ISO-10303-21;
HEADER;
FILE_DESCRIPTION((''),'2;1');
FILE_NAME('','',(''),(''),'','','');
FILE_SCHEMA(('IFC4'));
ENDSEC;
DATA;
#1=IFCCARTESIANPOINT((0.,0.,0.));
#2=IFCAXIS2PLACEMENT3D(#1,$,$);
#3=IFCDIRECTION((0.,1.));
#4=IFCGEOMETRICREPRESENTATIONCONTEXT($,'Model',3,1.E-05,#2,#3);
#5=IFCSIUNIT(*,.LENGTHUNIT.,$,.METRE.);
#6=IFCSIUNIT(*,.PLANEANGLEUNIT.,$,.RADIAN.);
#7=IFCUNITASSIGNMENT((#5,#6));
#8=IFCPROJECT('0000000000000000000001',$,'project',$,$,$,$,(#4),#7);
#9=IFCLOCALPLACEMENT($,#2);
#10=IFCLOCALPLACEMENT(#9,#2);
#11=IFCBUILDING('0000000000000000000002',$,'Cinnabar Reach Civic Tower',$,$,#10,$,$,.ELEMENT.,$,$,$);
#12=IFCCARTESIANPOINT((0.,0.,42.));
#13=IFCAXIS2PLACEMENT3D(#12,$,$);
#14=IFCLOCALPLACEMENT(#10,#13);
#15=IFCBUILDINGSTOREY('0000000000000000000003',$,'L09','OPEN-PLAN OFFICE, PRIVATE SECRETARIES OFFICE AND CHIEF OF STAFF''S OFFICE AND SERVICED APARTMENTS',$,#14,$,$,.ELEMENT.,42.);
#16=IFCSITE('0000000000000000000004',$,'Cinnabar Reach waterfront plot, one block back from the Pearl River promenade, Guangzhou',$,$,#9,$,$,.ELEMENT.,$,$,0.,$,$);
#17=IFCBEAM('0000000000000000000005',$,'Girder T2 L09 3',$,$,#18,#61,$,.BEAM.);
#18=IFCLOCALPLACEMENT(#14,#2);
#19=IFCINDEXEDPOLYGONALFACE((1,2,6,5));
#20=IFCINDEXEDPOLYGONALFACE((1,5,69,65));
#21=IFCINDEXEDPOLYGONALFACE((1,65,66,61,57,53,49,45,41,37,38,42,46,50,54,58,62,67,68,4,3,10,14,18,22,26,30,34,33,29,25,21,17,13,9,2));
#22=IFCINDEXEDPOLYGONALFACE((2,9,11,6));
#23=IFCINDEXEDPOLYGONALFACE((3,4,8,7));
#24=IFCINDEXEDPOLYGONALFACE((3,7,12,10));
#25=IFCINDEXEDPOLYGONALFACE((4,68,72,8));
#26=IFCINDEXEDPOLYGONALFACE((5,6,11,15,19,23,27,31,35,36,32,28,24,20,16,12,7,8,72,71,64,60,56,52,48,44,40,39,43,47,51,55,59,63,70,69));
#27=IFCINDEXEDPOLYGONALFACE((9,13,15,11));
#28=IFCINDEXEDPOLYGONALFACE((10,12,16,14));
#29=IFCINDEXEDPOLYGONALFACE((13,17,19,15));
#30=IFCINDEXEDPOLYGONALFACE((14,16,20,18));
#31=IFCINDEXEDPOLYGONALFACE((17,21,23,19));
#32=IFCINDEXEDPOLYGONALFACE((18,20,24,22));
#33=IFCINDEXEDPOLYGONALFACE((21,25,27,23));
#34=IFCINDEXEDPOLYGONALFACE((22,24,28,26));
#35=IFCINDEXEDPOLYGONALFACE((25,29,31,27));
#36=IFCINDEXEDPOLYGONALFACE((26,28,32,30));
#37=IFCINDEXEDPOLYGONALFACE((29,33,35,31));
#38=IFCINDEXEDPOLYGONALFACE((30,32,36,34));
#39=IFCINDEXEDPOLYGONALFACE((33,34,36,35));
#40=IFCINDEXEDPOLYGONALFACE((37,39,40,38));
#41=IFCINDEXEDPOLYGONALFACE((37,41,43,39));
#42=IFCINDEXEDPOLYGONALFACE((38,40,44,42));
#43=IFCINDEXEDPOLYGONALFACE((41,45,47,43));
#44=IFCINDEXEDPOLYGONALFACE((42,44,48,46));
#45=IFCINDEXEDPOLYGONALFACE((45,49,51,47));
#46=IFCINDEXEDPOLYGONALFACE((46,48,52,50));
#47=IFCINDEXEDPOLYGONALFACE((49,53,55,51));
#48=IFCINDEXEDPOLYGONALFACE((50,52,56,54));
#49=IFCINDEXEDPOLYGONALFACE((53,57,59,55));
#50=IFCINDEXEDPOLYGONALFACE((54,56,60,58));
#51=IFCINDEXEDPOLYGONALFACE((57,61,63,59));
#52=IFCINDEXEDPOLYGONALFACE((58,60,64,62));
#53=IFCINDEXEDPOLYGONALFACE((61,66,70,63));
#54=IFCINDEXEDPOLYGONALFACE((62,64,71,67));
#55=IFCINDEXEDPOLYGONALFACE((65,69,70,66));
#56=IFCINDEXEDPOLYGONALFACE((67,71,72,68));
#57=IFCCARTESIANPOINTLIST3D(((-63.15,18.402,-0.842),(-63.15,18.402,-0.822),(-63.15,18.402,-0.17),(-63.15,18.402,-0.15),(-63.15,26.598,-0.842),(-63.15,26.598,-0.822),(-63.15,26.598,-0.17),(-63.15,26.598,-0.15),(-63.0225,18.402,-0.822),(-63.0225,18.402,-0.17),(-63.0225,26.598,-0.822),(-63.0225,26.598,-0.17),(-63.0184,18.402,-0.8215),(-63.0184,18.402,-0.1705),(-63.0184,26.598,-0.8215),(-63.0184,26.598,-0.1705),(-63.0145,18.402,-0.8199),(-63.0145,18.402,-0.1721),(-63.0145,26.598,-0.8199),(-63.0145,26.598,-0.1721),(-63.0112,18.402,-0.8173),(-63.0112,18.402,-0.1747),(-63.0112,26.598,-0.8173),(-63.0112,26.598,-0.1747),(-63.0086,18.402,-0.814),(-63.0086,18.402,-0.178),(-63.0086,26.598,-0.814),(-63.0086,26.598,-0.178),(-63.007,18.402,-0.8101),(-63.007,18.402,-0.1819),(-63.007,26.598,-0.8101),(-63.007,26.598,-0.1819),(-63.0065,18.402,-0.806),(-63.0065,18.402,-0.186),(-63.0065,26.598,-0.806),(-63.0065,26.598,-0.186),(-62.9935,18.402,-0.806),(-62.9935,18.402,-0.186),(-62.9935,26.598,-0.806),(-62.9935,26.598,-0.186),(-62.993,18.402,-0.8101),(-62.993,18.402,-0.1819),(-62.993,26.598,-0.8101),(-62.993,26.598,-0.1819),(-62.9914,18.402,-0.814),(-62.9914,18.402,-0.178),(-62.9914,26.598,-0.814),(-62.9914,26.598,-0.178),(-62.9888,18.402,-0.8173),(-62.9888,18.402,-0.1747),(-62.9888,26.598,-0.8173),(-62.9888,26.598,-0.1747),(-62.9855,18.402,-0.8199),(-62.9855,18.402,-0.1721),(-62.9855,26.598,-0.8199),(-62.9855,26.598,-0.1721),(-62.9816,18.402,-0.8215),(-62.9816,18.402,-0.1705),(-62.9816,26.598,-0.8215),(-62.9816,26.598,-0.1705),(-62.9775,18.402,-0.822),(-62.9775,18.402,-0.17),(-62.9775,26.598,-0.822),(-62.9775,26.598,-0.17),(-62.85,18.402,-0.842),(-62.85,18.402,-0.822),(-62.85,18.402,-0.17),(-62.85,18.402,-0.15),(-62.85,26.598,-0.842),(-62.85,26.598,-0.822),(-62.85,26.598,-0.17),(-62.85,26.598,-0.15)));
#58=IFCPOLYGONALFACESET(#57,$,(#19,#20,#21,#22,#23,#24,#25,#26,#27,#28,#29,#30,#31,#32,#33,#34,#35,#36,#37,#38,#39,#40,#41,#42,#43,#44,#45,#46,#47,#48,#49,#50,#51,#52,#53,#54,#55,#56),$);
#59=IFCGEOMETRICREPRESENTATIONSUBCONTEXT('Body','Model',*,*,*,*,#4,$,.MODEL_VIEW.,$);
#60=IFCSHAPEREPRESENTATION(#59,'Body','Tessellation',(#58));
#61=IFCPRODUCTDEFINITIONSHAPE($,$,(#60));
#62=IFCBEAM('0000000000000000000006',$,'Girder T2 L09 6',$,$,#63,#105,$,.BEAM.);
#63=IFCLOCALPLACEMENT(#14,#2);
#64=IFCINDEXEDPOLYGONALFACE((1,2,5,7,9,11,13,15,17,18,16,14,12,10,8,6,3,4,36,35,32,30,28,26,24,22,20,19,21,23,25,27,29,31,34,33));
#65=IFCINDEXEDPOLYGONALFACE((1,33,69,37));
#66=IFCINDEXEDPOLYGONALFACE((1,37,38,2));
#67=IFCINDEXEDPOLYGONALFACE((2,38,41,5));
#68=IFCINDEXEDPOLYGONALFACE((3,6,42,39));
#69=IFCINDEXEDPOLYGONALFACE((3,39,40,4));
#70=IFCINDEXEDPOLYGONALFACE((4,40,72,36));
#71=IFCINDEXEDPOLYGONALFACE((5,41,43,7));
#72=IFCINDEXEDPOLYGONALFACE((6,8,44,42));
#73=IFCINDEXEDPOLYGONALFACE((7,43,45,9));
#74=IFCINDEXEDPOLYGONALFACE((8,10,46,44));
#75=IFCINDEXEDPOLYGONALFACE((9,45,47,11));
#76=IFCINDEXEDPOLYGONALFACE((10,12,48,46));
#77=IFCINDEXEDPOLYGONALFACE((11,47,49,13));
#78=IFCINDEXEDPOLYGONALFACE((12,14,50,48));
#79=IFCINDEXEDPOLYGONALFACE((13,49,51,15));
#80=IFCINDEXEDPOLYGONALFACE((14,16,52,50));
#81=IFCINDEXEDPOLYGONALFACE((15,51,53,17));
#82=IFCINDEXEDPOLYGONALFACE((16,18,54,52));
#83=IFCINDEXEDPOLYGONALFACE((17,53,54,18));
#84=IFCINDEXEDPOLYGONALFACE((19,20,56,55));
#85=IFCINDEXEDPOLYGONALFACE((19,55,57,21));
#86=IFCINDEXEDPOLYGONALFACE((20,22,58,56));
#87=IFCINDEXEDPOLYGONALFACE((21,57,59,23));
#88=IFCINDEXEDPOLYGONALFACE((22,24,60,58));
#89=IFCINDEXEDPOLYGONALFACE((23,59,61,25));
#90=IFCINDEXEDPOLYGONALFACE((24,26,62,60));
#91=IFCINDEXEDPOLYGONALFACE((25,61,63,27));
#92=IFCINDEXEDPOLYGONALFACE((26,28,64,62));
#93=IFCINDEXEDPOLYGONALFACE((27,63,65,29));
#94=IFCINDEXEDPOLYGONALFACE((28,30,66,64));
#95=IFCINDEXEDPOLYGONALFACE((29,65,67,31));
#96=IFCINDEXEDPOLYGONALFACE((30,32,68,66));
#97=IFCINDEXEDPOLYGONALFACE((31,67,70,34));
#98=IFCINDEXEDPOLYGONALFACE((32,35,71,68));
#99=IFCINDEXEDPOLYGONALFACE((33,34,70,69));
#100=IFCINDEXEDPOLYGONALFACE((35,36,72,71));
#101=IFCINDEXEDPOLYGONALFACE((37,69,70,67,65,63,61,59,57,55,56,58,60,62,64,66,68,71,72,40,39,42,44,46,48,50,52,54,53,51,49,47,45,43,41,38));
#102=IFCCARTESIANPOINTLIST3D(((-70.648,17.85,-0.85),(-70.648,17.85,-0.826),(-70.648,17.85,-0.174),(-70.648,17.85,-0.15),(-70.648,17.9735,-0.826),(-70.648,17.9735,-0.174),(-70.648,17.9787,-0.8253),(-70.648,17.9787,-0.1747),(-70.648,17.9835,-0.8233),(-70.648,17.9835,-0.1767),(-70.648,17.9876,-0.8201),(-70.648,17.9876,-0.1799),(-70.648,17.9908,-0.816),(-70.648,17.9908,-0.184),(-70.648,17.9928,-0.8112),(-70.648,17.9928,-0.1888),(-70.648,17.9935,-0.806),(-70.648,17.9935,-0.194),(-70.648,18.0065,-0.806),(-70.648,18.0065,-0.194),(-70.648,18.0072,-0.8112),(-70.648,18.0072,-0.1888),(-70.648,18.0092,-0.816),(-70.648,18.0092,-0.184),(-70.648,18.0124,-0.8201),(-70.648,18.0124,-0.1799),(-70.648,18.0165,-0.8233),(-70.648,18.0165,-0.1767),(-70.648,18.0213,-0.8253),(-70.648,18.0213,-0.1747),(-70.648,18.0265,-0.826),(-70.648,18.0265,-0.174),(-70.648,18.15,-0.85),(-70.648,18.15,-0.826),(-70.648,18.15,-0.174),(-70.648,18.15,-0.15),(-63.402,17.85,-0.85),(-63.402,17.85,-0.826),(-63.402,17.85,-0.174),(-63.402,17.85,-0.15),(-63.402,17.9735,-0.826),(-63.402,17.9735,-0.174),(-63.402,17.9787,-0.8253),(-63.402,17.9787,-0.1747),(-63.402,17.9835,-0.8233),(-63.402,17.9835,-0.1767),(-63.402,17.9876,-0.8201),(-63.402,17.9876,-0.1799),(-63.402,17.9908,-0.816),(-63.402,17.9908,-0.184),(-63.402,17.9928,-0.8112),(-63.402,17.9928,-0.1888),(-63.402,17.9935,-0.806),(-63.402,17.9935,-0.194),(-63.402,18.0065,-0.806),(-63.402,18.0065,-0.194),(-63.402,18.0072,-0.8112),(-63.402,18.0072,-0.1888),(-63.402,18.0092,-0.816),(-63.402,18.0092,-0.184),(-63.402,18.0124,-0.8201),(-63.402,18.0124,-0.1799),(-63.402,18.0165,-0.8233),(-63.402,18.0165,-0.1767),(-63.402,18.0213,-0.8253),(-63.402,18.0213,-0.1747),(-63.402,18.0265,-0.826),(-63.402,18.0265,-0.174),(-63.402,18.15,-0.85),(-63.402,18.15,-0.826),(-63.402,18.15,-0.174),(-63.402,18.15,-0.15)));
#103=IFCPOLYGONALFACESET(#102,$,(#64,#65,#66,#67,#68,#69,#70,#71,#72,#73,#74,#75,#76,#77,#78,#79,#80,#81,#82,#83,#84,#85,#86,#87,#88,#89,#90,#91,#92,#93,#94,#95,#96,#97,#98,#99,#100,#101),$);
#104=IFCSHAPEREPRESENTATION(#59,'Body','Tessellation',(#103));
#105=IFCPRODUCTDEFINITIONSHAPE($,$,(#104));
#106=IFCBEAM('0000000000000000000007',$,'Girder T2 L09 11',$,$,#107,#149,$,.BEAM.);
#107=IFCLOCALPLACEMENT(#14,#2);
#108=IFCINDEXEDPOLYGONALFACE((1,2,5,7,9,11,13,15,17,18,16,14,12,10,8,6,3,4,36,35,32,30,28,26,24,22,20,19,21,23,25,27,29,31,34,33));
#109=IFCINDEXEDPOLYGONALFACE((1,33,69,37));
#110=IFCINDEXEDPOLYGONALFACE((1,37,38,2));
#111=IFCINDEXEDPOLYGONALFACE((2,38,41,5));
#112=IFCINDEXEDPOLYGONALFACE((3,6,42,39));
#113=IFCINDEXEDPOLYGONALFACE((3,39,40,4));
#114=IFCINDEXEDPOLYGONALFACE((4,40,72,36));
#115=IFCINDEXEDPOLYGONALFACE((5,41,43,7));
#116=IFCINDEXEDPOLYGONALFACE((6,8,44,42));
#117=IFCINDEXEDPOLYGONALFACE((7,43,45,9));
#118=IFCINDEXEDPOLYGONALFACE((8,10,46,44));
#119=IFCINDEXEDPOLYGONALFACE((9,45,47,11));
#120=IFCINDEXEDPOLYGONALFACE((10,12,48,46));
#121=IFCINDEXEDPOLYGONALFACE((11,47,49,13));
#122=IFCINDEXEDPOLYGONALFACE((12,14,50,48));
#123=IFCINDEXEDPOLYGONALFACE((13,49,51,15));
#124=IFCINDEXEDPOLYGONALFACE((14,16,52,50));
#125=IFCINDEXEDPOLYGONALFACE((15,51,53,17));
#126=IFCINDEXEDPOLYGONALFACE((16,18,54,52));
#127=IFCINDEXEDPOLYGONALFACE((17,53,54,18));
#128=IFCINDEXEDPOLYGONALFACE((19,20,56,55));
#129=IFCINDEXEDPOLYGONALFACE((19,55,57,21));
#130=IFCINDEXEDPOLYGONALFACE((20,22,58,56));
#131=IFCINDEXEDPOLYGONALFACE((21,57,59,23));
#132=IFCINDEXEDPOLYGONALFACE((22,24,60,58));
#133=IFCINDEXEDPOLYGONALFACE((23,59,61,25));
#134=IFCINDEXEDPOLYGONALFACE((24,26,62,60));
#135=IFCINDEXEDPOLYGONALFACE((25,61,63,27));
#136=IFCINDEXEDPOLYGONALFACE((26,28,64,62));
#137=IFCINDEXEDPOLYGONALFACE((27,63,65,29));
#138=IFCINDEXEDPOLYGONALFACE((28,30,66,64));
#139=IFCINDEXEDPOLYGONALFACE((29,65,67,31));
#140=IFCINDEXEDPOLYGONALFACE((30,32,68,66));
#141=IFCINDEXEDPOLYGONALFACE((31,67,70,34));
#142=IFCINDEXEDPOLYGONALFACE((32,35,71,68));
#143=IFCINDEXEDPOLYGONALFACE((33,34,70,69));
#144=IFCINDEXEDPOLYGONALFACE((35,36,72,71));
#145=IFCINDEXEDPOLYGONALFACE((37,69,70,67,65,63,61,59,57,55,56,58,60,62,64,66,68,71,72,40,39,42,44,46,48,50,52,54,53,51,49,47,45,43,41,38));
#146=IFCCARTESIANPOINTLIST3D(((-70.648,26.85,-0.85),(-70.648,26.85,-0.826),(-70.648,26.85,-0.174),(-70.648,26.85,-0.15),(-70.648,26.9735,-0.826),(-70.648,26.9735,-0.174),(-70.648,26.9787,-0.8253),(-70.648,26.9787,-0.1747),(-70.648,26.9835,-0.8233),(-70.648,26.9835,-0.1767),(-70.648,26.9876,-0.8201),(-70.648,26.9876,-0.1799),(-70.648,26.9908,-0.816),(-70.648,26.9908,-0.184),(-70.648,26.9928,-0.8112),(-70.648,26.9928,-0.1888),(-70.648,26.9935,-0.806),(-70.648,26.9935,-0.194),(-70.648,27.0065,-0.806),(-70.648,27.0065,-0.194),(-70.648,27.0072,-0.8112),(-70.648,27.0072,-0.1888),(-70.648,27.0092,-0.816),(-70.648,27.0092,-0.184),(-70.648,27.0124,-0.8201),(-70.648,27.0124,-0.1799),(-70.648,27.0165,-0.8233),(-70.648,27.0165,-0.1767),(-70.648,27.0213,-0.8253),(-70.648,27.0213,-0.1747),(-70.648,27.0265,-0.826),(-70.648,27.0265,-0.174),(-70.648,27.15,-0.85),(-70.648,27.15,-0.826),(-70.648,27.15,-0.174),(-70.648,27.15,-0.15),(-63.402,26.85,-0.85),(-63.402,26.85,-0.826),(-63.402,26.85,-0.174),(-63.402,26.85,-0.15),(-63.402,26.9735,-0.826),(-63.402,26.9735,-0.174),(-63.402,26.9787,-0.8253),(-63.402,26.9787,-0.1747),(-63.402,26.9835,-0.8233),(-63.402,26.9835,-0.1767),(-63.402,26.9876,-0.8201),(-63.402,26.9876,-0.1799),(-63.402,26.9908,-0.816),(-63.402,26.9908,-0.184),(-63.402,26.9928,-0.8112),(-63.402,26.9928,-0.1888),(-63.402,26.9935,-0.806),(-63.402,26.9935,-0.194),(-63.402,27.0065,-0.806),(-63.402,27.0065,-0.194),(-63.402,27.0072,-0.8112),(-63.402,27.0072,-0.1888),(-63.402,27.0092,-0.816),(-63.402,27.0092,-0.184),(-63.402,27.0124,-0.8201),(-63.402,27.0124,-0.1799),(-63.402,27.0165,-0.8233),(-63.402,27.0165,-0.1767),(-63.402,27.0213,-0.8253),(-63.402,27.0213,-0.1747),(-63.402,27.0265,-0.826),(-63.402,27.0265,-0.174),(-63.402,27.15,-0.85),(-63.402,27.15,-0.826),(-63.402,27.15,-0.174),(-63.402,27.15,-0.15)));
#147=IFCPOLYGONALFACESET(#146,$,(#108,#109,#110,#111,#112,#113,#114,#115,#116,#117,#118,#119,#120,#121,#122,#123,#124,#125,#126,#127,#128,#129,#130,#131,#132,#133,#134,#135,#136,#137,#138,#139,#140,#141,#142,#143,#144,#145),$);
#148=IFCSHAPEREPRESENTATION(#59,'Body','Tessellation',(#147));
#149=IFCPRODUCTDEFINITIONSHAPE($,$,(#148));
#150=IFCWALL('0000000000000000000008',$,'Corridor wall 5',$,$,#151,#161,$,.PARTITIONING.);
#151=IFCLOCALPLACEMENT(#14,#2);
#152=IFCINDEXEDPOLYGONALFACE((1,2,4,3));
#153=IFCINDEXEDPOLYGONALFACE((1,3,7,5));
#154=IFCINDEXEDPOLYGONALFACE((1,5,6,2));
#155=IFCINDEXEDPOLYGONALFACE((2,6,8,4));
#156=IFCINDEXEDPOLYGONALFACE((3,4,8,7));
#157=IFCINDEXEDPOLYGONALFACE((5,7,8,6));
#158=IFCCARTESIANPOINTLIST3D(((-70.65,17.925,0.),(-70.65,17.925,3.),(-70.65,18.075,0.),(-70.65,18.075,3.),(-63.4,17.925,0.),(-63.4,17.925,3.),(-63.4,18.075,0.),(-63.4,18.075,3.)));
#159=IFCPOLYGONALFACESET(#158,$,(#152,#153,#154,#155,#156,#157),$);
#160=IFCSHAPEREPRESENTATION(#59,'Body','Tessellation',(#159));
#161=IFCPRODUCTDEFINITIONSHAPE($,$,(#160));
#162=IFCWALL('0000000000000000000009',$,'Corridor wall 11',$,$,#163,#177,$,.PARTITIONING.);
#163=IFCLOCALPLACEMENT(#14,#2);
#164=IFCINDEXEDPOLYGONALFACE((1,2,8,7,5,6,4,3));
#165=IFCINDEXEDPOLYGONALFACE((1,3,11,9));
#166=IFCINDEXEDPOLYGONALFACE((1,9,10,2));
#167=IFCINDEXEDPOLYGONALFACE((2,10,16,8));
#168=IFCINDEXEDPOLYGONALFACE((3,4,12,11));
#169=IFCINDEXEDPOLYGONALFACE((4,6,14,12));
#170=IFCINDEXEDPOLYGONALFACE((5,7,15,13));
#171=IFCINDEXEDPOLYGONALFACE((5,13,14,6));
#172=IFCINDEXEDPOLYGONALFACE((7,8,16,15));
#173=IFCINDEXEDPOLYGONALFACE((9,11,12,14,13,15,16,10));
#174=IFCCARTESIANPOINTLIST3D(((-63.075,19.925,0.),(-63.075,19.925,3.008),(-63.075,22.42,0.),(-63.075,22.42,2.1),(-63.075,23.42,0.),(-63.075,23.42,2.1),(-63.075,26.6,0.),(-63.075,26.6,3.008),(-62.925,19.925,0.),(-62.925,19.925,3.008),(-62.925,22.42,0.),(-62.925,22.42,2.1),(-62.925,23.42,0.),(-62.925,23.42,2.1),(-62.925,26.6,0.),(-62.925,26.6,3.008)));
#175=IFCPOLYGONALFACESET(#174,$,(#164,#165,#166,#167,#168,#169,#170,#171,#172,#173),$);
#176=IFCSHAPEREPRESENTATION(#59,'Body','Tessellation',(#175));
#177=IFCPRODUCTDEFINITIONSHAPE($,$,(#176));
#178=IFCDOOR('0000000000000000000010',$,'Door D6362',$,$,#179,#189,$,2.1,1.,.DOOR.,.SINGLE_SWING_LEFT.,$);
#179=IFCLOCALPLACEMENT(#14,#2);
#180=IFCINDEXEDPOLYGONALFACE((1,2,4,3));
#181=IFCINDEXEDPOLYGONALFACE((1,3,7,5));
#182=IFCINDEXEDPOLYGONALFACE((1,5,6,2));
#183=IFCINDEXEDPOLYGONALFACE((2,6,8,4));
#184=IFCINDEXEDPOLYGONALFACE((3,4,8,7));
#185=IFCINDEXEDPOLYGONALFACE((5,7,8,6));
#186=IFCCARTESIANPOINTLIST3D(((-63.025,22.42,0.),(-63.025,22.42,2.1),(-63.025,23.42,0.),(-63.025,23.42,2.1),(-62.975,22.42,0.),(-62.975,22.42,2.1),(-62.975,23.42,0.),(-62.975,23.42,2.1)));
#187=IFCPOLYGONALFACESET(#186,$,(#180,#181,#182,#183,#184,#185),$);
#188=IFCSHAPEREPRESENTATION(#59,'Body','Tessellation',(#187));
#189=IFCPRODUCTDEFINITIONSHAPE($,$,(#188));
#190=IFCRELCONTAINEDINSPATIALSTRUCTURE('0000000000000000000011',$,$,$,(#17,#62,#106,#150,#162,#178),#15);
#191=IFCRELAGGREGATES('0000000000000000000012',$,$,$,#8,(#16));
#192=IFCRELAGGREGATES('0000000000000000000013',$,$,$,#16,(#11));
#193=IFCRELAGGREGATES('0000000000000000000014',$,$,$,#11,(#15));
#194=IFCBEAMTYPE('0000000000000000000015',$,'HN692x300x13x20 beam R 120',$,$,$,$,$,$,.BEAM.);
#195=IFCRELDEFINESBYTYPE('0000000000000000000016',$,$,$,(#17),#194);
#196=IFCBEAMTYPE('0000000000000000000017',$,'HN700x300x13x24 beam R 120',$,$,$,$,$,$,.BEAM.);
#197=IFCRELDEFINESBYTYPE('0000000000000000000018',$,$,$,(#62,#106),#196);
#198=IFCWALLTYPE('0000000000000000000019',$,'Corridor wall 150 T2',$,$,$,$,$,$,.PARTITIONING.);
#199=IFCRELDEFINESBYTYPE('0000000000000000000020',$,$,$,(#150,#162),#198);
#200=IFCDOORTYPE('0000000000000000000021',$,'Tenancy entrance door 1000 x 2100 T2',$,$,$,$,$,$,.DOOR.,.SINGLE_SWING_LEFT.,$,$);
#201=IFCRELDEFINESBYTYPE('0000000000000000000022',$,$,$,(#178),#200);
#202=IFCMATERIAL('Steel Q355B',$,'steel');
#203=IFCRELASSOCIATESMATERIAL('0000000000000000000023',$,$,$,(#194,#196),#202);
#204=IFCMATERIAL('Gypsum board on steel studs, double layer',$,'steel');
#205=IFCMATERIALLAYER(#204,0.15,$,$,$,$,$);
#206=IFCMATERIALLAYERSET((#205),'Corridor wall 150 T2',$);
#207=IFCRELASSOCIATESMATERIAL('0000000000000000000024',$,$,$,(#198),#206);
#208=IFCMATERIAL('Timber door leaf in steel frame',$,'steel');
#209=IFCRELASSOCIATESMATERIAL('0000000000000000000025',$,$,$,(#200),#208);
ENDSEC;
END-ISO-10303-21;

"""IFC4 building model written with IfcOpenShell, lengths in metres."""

from ifc_helpers import new_model, si_unit, direction, frame, frame_2d, origin, origin_2d, place, context, subcontext, project, spatial, rectangle, i_section, extrude, material, layer, layer_set, material_profile, profile_set, type_object, element, fill, save


model = new_model("IFC4")

# Units and contexts
model_context = context("Model", 3, precision=1e-05, world=origin(), true_north=direction((0.0, 1.0)))
body_context = subcontext(model_context, "Body", "Model", "MODEL_VIEW")
ifc_project = project(units=[si_unit("LENGTHUNIT", "METRE"), si_unit("PLANEANGLEUNIT", "RADIAN")], contexts=[model_context])

# Site, building, storey
site_placement = place(None, origin())
site = spatial("IfcSite", under=ifc_project, at=site_placement, Name="Cinnabar Reach waterfront plot, one block back from the Pearl River promenade, Guangzhou", CompositionType="ELEMENT", RefElevation=0.0)
building_placement = place(site_placement, origin())
building = spatial("IfcBuilding", under=site, at=building_placement, Name="Cinnabar Reach Civic Tower", CompositionType="ELEMENT")
storey_placement = place(building_placement, frame((0.0, 0.0, 42.0)))
storey = spatial("IfcBuildingStorey", under=building, at=storey_placement, Name="L09", Description="OPEN-PLAN OFFICE, PRIVATE SECRETARIES OFFICE AND CHIEF OF STAFF'S OFFICE AND SERVICED APARTMENTS", CompositionType="ELEMENT", Elevation=42.0)

# Beams
ifc_material_1 = material(Name="Steel Q355B", Category="steel")
ifc_material_profile_1 = material_profile(ifc_material_1, i_section(OverallWidth=0.3, OverallDepth=0.692, WebThickness=0.013, FlangeThickness=0.02, FilletRadius=0.016, at=origin_2d()), Name="HN692x300x13x20")
ifc_profile_set_1 = profile_set([ifc_material_profile_1], Name="Steel Q355B")
beam_type_1 = type_object("IfcBeamType", Name="HN692x300x13x20 beam R 120", PredefinedType="BEAM", material=ifc_profile_set_1)
beam_1_placement = place(storey_placement, frame((-63.0, 18.402, -0.496), z_axis=(0.0, 1.0, 0.0), x_axis=(-1.0, 0.0, 0.0)))
element("IfcBeam", 1, at=beam_1_placement, inside=storey, type_object=beam_type_1, Name="Girder T2 L09 3", PredefinedType="BEAM", context=body_context, shape_type="SweptSolid", body=[
    extrude(i_section(OverallWidth=0.3, OverallDepth=0.692, WebThickness=0.013, FlangeThickness=0.02, FilletRadius=0.016, at=origin_2d()), origin(), (0.0, 0.0, 1.0), 8.196),
])
ifc_material_profile_2 = material_profile(ifc_material_1, i_section(OverallWidth=0.3, OverallDepth=0.7, WebThickness=0.013, FlangeThickness=0.024, FilletRadius=0.02, at=origin_2d()), Name="HN700x300x13x24")
ifc_profile_set_2 = profile_set([ifc_material_profile_2], Name="Steel Q355B")
beam_type_2 = type_object("IfcBeamType", Name="HN700x300x13x24 beam R 120", PredefinedType="BEAM", material=ifc_profile_set_2)
for number, where, z_axis, x_axis, name in (
    (2, (-70.648, 18.0, -0.5), (1.0, 0.0, 0.0), (0.0, 1.0, 0.0), "Girder T2 L09 6"),
    (3, (-70.648, 27.0, -0.5), (1.0, 0.0, 0.0), (0.0, 1.0, 0.0), "Girder T2 L09 11"),
):
    element("IfcBeam", number, at=place(storey_placement, frame(where, z_axis=z_axis, x_axis=x_axis)), inside=storey, type_object=beam_type_2, Name=name, PredefinedType="BEAM", context=body_context, shape_type="SweptSolid", body=[
        extrude(i_section(OverallWidth=0.3, OverallDepth=0.7, WebThickness=0.013, FlangeThickness=0.024, FilletRadius=0.02, at=origin_2d()), origin(), (0.0, 0.0, 1.0), 7.246),
    ])

# Wall
ifc_material_2 = material(Name="Gypsum board on steel studs, double layer", Category="steel")
ifc_layer_1 = layer(ifc_material_2, 0.15)
ifc_layer_set_1 = layer_set([ifc_layer_1], Name="Corridor wall 150 T2")
wall_type_1 = type_object("IfcWallType", Name="Corridor wall 150 T2", PredefinedType="PARTITIONING", material=ifc_layer_set_1)
wall_1_placement = place(storey_placement, frame((-70.65, 18.0, 0.0), z_axis=(0.0, 0.0, 1.0), x_axis=(1.0, 0.0, 0.0)))
element("IfcWall", 4, at=wall_1_placement, inside=storey, type_object=wall_type_1, Name="Corridor wall 5", PredefinedType="PARTITIONING", context=body_context, shape_type="SweptSolid", body=[
    extrude(rectangle(XDim=7.25, YDim=0.15, at=frame_2d((3.625, 0.0))), origin(), (0.0, 0.0, 1.0), 3.0),
])

# Wall, opening, door
wall_2_placement = place(storey_placement, frame((-63.0, 19.925, 0.0), z_axis=(0.0, 0.0, 1.0), x_axis=(0.0, 1.0, 0.0)))
wall_2 = element("IfcWall", 5, at=wall_2_placement, inside=storey, type_object=wall_type_1, Name="Corridor wall 11", PredefinedType="PARTITIONING", context=body_context, shape_type="SweptSolid", body=[
    extrude(rectangle(XDim=6.675, YDim=0.15, at=frame_2d((3.3375, 0.0))), origin(), (0.0, 0.0, 1.0), 3.008),
])
opening_1_placement = place(wall_2_placement, frame((2.495, 0.0, 0.0)))
opening_1 = element("IfcOpeningElement", 6, at=opening_1_placement, cuts=wall_2, PredefinedType="OPENING", context=body_context, shape_type="SweptSolid", body=[
    extrude(rectangle(XDim=1.0, YDim=2.1, at=frame_2d((0.5, 1.05))), frame((0.0, 0.085, 0.0), z_axis=(0.0, -1.0, 0.0), x_axis=(1.0, 0.0, 0.0)), (0.0, 0.0, 1.0), 0.17),
])
ifc_material_3 = material(Name="Timber door leaf in steel frame", Category="steel")
door_type_1 = type_object("IfcDoorType", Name="Tenancy entrance door 1000 x 2100 T2", OperationType="SINGLE_SWING_LEFT", PredefinedType="DOOR", material=ifc_material_3)
door_1_placement = place(opening_1_placement, origin())
door_1 = element("IfcDoor", 7, at=door_1_placement, inside=storey, type_object=door_type_1, Name="Door D6362", OperationType="SINGLE_SWING_LEFT", OverallHeight=2.1, OverallWidth=1.0, PredefinedType="DOOR", context=body_context, shape_type="SweptSolid", body=[
    extrude(rectangle(XDim=1.0, YDim=2.1, at=frame_2d((0.5, 1.05))), frame((0.0, 0.025, 0.0), z_axis=(0.0, -1.0, 0.0), x_axis=(1.0, 0.0, 0.0)), (0.0, 0.0, 1.0), 0.05),
])
fill(opening_1, door_1)

save(model, "model.ifc")
